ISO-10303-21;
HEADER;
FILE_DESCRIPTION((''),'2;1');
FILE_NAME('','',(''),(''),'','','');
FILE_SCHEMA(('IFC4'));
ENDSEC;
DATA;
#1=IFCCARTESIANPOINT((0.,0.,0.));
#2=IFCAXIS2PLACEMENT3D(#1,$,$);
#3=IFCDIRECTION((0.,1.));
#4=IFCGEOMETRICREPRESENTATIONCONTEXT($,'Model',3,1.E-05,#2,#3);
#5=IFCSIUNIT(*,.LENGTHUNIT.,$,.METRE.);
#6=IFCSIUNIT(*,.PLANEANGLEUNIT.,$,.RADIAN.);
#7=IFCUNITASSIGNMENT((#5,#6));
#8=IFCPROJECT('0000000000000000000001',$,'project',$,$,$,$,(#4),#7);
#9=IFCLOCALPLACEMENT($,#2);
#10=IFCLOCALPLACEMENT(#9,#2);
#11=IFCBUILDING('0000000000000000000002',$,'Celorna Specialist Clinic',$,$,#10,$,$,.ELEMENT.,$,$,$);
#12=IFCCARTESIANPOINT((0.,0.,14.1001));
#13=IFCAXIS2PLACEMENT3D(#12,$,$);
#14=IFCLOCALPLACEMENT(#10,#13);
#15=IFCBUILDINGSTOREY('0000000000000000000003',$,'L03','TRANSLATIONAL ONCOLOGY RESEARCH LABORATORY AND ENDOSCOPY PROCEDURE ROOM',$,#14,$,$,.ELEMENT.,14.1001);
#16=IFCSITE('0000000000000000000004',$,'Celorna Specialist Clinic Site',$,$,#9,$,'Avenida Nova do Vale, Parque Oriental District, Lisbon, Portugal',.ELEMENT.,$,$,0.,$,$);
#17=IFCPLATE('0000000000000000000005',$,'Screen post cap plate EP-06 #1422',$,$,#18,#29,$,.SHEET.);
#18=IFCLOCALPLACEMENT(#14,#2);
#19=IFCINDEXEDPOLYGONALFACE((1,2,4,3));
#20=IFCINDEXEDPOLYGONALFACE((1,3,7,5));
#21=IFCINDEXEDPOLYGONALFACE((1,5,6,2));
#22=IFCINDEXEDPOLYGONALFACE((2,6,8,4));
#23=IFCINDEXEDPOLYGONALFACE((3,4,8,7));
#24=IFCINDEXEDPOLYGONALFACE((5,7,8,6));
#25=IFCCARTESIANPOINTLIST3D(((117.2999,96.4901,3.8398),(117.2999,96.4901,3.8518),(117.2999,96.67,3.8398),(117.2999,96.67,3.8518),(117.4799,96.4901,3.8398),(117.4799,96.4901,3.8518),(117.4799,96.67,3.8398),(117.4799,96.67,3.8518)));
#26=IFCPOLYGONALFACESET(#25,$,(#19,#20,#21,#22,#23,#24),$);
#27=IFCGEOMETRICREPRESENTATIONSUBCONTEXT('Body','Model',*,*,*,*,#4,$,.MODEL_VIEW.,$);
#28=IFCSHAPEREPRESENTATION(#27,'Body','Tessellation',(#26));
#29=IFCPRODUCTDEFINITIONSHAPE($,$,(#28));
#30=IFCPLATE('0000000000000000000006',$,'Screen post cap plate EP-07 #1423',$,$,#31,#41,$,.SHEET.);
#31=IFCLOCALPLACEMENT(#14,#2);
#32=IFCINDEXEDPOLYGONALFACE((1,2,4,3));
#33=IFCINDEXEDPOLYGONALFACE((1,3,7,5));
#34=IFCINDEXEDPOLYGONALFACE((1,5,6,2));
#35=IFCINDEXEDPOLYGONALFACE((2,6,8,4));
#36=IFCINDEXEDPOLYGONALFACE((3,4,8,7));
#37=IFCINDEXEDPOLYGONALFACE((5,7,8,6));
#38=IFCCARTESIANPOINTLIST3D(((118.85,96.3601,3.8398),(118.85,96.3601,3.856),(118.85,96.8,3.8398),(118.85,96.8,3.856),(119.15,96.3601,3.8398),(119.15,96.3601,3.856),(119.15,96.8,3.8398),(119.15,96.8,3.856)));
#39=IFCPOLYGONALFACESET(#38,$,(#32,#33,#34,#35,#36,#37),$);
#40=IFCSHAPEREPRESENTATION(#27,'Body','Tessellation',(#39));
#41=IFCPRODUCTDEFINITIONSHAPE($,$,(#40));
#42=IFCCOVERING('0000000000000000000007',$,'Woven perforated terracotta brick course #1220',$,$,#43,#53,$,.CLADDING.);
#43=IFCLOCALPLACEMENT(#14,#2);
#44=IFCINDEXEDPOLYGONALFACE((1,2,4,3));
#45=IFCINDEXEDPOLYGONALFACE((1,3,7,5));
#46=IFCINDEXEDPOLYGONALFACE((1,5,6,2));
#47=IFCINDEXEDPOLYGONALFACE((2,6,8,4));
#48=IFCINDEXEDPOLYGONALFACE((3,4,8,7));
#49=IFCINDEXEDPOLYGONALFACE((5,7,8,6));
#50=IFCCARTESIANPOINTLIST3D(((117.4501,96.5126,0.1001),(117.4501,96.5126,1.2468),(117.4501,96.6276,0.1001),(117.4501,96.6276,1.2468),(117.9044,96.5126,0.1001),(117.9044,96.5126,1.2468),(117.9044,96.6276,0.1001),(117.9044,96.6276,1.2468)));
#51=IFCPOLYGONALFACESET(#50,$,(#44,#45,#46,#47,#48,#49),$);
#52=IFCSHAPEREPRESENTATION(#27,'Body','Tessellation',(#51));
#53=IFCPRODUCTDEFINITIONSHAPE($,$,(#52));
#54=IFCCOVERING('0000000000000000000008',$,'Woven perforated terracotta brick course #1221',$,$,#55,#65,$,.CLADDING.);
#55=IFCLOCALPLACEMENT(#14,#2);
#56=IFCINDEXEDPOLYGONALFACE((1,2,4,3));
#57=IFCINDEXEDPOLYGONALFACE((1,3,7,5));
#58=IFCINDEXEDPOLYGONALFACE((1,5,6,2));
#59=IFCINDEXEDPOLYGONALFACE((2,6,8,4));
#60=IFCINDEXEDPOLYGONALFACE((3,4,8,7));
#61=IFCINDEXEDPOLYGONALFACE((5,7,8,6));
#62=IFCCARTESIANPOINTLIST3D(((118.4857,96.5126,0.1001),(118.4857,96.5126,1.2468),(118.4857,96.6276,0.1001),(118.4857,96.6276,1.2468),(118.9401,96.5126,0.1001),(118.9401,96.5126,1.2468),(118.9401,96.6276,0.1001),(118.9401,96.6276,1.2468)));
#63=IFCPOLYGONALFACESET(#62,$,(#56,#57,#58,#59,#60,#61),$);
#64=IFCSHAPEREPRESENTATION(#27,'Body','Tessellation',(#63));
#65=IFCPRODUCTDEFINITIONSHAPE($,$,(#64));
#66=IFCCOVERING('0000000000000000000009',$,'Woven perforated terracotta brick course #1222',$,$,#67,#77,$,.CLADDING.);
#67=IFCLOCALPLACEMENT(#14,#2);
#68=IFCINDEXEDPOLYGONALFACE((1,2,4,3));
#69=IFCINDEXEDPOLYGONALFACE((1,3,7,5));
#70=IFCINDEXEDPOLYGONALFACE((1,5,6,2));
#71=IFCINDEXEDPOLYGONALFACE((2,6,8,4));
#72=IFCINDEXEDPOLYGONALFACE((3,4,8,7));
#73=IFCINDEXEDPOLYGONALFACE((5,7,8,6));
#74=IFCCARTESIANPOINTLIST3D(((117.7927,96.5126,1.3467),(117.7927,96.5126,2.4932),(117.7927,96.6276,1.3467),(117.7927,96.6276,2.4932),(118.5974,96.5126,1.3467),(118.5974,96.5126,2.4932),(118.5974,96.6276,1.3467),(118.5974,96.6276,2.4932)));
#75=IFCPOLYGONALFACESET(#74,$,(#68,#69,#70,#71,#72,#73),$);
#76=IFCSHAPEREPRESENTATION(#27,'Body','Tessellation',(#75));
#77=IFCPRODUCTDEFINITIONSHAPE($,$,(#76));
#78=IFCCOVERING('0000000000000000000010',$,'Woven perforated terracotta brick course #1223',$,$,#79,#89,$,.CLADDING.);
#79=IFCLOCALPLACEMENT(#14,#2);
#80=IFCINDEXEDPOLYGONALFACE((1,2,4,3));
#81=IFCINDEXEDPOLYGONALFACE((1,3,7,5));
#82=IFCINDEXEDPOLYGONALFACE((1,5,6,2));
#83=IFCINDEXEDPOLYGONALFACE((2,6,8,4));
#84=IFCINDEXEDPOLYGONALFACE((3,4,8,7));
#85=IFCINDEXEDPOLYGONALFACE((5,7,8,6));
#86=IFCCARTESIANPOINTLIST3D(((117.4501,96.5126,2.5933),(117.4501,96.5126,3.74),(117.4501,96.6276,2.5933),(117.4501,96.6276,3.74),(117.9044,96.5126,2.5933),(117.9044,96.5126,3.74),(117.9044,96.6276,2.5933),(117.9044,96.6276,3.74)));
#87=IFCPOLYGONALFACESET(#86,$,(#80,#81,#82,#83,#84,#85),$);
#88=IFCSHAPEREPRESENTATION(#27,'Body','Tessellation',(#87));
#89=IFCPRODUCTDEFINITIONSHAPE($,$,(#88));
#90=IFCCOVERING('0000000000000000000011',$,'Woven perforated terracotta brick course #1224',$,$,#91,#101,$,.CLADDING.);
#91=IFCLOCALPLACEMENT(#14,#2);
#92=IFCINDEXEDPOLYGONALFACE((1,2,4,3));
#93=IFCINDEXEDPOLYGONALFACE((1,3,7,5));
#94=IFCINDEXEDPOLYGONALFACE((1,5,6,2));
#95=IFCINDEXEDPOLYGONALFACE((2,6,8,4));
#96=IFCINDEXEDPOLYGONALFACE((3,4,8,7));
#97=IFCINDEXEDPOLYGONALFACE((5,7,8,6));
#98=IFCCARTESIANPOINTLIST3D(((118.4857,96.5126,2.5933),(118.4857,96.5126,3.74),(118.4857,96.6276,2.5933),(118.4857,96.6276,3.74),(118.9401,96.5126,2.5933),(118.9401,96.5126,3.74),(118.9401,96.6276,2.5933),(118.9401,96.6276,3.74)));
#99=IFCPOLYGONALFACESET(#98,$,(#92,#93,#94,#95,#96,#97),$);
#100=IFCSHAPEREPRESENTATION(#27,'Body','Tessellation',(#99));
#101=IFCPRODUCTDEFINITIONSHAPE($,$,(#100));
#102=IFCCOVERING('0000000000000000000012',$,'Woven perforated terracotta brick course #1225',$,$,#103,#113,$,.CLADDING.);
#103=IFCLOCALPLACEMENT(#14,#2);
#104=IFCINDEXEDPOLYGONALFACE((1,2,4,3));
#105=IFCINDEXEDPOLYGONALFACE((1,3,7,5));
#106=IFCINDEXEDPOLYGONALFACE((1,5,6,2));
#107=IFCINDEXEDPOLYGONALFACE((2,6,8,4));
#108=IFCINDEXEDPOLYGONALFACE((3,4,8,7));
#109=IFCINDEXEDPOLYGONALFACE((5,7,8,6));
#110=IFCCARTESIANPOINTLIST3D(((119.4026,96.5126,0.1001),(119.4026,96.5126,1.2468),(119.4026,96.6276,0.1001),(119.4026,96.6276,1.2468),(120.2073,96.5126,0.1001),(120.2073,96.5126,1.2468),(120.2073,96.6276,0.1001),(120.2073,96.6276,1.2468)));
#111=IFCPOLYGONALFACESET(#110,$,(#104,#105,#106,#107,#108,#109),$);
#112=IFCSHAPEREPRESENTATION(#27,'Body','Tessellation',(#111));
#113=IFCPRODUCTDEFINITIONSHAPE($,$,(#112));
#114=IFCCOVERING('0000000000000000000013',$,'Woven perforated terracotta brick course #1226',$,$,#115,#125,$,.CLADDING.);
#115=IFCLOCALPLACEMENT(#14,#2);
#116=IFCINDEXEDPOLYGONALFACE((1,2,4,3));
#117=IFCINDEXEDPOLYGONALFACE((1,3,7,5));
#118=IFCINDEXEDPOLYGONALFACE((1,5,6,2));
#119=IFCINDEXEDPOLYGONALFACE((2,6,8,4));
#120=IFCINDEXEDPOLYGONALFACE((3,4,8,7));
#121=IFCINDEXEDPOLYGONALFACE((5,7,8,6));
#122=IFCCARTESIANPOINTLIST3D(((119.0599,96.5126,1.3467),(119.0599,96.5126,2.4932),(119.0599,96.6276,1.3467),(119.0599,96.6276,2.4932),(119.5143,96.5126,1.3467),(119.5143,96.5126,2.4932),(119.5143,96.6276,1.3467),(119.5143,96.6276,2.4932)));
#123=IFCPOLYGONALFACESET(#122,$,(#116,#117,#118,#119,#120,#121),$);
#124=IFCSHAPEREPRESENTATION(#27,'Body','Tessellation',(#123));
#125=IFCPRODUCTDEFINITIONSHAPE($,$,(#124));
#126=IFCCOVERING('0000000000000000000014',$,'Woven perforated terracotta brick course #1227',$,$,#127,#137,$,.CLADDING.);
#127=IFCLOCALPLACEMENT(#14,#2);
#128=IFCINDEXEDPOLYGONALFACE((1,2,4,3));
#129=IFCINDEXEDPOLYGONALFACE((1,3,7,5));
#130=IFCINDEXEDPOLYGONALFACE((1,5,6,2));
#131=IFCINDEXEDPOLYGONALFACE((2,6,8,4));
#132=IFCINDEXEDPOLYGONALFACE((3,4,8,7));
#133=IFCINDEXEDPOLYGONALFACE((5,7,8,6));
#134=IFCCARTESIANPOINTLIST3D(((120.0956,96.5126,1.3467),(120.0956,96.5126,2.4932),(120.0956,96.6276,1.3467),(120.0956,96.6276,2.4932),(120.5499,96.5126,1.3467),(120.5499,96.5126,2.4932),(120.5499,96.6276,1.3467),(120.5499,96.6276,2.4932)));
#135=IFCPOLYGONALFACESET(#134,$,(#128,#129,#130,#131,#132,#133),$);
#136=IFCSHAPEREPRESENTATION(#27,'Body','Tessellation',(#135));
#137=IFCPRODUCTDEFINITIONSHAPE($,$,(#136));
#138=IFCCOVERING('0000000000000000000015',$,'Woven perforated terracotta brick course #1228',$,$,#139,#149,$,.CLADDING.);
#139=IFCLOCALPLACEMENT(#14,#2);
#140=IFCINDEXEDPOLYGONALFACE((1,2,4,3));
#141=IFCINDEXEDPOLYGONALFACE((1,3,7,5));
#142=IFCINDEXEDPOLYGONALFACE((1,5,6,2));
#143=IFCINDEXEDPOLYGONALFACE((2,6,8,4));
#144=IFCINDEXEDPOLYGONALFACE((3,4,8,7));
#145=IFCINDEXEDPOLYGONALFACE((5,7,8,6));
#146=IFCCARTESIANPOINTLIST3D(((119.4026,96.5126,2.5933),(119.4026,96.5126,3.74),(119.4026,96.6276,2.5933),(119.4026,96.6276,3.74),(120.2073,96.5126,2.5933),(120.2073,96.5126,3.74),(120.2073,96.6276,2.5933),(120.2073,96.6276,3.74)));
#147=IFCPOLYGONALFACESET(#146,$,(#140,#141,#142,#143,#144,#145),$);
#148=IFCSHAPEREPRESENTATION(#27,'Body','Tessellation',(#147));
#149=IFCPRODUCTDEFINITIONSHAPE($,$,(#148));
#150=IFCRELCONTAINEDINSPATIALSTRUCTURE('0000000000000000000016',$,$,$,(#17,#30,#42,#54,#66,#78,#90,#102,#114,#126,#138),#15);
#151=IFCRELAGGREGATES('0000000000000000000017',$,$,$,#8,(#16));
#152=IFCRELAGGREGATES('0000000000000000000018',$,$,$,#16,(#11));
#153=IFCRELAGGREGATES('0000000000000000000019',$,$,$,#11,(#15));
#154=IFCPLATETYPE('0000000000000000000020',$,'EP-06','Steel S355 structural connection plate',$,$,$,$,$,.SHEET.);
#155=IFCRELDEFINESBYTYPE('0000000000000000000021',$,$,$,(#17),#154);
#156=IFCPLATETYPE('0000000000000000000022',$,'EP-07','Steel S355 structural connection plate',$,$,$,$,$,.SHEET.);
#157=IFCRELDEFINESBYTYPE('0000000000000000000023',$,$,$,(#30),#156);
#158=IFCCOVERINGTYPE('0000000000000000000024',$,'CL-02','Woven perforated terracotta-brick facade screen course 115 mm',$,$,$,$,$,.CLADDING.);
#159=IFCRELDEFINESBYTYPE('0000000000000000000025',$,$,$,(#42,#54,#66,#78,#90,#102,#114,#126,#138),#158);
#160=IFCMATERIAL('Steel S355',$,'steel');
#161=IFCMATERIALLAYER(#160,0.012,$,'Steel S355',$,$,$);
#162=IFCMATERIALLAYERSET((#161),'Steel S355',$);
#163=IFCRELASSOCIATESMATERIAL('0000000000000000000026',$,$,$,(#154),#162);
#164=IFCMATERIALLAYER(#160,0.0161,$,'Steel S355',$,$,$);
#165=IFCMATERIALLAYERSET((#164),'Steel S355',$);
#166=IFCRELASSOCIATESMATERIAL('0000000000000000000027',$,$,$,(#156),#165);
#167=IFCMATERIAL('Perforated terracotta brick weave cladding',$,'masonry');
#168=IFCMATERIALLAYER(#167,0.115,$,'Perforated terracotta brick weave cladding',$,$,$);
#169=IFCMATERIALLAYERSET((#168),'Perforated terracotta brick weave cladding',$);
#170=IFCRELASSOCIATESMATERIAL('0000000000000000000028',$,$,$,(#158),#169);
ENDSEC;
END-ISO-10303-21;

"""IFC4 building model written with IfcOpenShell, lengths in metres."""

from ifc_helpers import new_model, si_unit, direction, frame, origin, origin_2d, place, context, subcontext, project, spatial, rectangle, extrude, material, layer, layer_set, type_object, element, save


model = new_model("IFC4")

# Units and contexts
model_context = context("Model", 3, precision=1e-05, world=origin(), true_north=direction((0.0, 1.0)))
body_context = subcontext(model_context, "Body", "Model", "MODEL_VIEW")
ifc_project = project(units=[si_unit("LENGTHUNIT", "METRE"), si_unit("PLANEANGLEUNIT", "RADIAN")], contexts=[model_context])

# Site, building, storey
site_placement = place(None, origin())
site = spatial("IfcSite", under=ifc_project, at=site_placement, Name="Celorna Specialist Clinic Site", LongName="Avenida Nova do Vale, Parque Oriental District, Lisbon, Portugal", CompositionType="ELEMENT", RefElevation=0.0)
building_placement = place(site_placement, origin())
building = spatial("IfcBuilding", under=site, at=building_placement, Name="Celorna Specialist Clinic", CompositionType="ELEMENT")
storey_placement = place(building_placement, frame((0.0, 0.0, 14.1001)))
storey = spatial("IfcBuildingStorey", under=building, at=storey_placement, Name="L03", Description="TRANSLATIONAL ONCOLOGY RESEARCH LABORATORY AND ENDOSCOPY PROCEDURE ROOM", CompositionType="ELEMENT", Elevation=14.1001)

# Shared definitions
ifc_material_1 = material(Name="Steel S355", Category="steel")

# Plates
ifc_layer_1 = layer(ifc_material_1, 0.012, Name="Steel S355")
ifc_layer_set_1 = layer_set([ifc_layer_1], Name="Steel S355")
plate_type_1 = type_object("IfcPlateType", Name="EP-06", Description="Steel S355 structural connection plate", PredefinedType="SHEET", material=ifc_layer_set_1)
plate_1_placement = place(storey_placement, frame((117.3899, 96.5801, 3.8398), z_axis=(0.0, 0.0, 1.0), x_axis=(1.0, 0.0, 0.0)))
element("IfcPlate", 1, at=plate_1_placement, inside=storey, type_object=plate_type_1, Name="Screen post cap plate EP-06 #1422", PredefinedType="SHEET", context=body_context, shape_type="SweptSolid", body=[
    extrude(rectangle(XDim=0.1799, YDim=0.1799, at=origin_2d()), origin(), (0.0, 0.0, 1.0), 0.012),
])
ifc_layer_2 = layer(ifc_material_1, 0.0161, Name="Steel S355")
ifc_layer_set_2 = layer_set([ifc_layer_2], Name="Steel S355")
plate_type_2 = type_object("IfcPlateType", Name="EP-07", Description="Steel S355 structural connection plate", PredefinedType="SHEET", material=ifc_layer_set_2)
plate_2_placement = place(storey_placement, frame((119.0, 96.5801, 3.8398), z_axis=(0.0, 0.0, 1.0), x_axis=(1.0, 0.0, 0.0)))
element("IfcPlate", 2, at=plate_2_placement, inside=storey, type_object=plate_type_2, Name="Screen post cap plate EP-07 #1423", PredefinedType="SHEET", context=body_context, shape_type="SweptSolid", body=[
    extrude(rectangle(XDim=0.3, YDim=0.4399, at=origin_2d()), origin(), (0.0, 0.0, 1.0), 0.0161),
])

# Coverings
ifc_material_2 = material(Name="Perforated terracotta brick weave cladding", Category="masonry")
ifc_layer_3 = layer(ifc_material_2, 0.115, Name="Perforated terracotta brick weave cladding")
ifc_layer_set_3 = layer_set([ifc_layer_3], Name="Perforated terracotta brick weave cladding")
covering_type = type_object("IfcCoveringType", Name="CL-02", Description="Woven perforated terracotta-brick facade screen course 115 mm", PredefinedType="CLADDING", material=ifc_layer_set_3)
for number, where, z_axis, x_axis, name in (
    (3, (117.6772, 96.5701, 0.1001), (0.0, 0.0, 1.0), (1.0, 0.0, 0.0), "Woven perforated terracotta brick course #1220"),
    (4, (118.7129, 96.5701, 0.1001), (0.0, 0.0, 1.0), (1.0, 0.0, 0.0), "Woven perforated terracotta brick course #1221"),
):
    element("IfcCovering", number, at=place(storey_placement, frame(where, z_axis=z_axis, x_axis=x_axis)), inside=storey, type_object=covering_type, Name=name, PredefinedType="CLADDING", context=body_context, shape_type="SweptSolid", body=[
        extrude(rectangle(XDim=0.4543, YDim=0.115, at=origin_2d()), origin(), (0.0, 0.0, 1.0), 1.1467),
    ])
covering_1_placement = place(storey_placement, frame((118.1951, 96.5701, 1.3467), z_axis=(0.0, 0.0, 1.0), x_axis=(1.0, 0.0, 0.0)))
element("IfcCovering", 5, at=covering_1_placement, inside=storey, type_object=covering_type, Name="Woven perforated terracotta brick course #1222", PredefinedType="CLADDING", context=body_context, shape_type="SweptSolid", body=[
    extrude(rectangle(XDim=0.8047, YDim=0.115, at=origin_2d()), origin(), (0.0, 0.0, 1.0), 1.1465),
])
for number, where, z_axis, x_axis, name in (
    (6, (117.6772, 96.5701, 2.5933), (0.0, 0.0, 1.0), (1.0, 0.0, 0.0), "Woven perforated terracotta brick course #1223"),
    (7, (118.7129, 96.5701, 2.5933), (0.0, 0.0, 1.0), (1.0, 0.0, 0.0), "Woven perforated terracotta brick course #1224"),
):
    element("IfcCovering", number, at=place(storey_placement, frame(where, z_axis=z_axis, x_axis=x_axis)), inside=storey, type_object=covering_type, Name=name, PredefinedType="CLADDING", context=body_context, shape_type="SweptSolid", body=[
        extrude(rectangle(XDim=0.4543, YDim=0.115, at=origin_2d()), origin(), (0.0, 0.0, 1.0), 1.1467),
    ])
covering_2_placement = place(storey_placement, frame((119.8049, 96.5701, 0.1001), z_axis=(0.0, 0.0, 1.0), x_axis=(1.0, 0.0, 0.0)))
element("IfcCovering", 8, at=covering_2_placement, inside=storey, type_object=covering_type, Name="Woven perforated terracotta brick course #1225", PredefinedType="CLADDING", context=body_context, shape_type="SweptSolid", body=[
    extrude(rectangle(XDim=0.8047, YDim=0.115, at=origin_2d()), origin(), (0.0, 0.0, 1.0), 1.1467),
])
for number, where, z_axis, x_axis, name in (
    (9, (119.2871, 96.5701, 1.3467), (0.0, 0.0, 1.0), (1.0, 0.0, 0.0), "Woven perforated terracotta brick course #1226"),
    (10, (120.3228, 96.5701, 1.3467), (0.0, 0.0, 1.0), (1.0, 0.0, 0.0), "Woven perforated terracotta brick course #1227"),
):
    element("IfcCovering", number, at=place(storey_placement, frame(where, z_axis=z_axis, x_axis=x_axis)), inside=storey, type_object=covering_type, Name=name, PredefinedType="CLADDING", context=body_context, shape_type="SweptSolid", body=[
        extrude(rectangle(XDim=0.4543, YDim=0.115, at=origin_2d()), origin(), (0.0, 0.0, 1.0), 1.1465),
    ])
covering_3_placement = place(storey_placement, frame((119.8049, 96.5701, 2.5933), z_axis=(0.0, 0.0, 1.0), x_axis=(1.0, 0.0, 0.0)))
element("IfcCovering", 11, at=covering_3_placement, inside=storey, type_object=covering_type, Name="Woven perforated terracotta brick course #1228", PredefinedType="CLADDING", context=body_context, shape_type="SweptSolid", body=[
    extrude(rectangle(XDim=0.8047, YDim=0.115, at=origin_2d()), origin(), (0.0, 0.0, 1.0), 1.1467),
])

save(model, "model.ifc")
